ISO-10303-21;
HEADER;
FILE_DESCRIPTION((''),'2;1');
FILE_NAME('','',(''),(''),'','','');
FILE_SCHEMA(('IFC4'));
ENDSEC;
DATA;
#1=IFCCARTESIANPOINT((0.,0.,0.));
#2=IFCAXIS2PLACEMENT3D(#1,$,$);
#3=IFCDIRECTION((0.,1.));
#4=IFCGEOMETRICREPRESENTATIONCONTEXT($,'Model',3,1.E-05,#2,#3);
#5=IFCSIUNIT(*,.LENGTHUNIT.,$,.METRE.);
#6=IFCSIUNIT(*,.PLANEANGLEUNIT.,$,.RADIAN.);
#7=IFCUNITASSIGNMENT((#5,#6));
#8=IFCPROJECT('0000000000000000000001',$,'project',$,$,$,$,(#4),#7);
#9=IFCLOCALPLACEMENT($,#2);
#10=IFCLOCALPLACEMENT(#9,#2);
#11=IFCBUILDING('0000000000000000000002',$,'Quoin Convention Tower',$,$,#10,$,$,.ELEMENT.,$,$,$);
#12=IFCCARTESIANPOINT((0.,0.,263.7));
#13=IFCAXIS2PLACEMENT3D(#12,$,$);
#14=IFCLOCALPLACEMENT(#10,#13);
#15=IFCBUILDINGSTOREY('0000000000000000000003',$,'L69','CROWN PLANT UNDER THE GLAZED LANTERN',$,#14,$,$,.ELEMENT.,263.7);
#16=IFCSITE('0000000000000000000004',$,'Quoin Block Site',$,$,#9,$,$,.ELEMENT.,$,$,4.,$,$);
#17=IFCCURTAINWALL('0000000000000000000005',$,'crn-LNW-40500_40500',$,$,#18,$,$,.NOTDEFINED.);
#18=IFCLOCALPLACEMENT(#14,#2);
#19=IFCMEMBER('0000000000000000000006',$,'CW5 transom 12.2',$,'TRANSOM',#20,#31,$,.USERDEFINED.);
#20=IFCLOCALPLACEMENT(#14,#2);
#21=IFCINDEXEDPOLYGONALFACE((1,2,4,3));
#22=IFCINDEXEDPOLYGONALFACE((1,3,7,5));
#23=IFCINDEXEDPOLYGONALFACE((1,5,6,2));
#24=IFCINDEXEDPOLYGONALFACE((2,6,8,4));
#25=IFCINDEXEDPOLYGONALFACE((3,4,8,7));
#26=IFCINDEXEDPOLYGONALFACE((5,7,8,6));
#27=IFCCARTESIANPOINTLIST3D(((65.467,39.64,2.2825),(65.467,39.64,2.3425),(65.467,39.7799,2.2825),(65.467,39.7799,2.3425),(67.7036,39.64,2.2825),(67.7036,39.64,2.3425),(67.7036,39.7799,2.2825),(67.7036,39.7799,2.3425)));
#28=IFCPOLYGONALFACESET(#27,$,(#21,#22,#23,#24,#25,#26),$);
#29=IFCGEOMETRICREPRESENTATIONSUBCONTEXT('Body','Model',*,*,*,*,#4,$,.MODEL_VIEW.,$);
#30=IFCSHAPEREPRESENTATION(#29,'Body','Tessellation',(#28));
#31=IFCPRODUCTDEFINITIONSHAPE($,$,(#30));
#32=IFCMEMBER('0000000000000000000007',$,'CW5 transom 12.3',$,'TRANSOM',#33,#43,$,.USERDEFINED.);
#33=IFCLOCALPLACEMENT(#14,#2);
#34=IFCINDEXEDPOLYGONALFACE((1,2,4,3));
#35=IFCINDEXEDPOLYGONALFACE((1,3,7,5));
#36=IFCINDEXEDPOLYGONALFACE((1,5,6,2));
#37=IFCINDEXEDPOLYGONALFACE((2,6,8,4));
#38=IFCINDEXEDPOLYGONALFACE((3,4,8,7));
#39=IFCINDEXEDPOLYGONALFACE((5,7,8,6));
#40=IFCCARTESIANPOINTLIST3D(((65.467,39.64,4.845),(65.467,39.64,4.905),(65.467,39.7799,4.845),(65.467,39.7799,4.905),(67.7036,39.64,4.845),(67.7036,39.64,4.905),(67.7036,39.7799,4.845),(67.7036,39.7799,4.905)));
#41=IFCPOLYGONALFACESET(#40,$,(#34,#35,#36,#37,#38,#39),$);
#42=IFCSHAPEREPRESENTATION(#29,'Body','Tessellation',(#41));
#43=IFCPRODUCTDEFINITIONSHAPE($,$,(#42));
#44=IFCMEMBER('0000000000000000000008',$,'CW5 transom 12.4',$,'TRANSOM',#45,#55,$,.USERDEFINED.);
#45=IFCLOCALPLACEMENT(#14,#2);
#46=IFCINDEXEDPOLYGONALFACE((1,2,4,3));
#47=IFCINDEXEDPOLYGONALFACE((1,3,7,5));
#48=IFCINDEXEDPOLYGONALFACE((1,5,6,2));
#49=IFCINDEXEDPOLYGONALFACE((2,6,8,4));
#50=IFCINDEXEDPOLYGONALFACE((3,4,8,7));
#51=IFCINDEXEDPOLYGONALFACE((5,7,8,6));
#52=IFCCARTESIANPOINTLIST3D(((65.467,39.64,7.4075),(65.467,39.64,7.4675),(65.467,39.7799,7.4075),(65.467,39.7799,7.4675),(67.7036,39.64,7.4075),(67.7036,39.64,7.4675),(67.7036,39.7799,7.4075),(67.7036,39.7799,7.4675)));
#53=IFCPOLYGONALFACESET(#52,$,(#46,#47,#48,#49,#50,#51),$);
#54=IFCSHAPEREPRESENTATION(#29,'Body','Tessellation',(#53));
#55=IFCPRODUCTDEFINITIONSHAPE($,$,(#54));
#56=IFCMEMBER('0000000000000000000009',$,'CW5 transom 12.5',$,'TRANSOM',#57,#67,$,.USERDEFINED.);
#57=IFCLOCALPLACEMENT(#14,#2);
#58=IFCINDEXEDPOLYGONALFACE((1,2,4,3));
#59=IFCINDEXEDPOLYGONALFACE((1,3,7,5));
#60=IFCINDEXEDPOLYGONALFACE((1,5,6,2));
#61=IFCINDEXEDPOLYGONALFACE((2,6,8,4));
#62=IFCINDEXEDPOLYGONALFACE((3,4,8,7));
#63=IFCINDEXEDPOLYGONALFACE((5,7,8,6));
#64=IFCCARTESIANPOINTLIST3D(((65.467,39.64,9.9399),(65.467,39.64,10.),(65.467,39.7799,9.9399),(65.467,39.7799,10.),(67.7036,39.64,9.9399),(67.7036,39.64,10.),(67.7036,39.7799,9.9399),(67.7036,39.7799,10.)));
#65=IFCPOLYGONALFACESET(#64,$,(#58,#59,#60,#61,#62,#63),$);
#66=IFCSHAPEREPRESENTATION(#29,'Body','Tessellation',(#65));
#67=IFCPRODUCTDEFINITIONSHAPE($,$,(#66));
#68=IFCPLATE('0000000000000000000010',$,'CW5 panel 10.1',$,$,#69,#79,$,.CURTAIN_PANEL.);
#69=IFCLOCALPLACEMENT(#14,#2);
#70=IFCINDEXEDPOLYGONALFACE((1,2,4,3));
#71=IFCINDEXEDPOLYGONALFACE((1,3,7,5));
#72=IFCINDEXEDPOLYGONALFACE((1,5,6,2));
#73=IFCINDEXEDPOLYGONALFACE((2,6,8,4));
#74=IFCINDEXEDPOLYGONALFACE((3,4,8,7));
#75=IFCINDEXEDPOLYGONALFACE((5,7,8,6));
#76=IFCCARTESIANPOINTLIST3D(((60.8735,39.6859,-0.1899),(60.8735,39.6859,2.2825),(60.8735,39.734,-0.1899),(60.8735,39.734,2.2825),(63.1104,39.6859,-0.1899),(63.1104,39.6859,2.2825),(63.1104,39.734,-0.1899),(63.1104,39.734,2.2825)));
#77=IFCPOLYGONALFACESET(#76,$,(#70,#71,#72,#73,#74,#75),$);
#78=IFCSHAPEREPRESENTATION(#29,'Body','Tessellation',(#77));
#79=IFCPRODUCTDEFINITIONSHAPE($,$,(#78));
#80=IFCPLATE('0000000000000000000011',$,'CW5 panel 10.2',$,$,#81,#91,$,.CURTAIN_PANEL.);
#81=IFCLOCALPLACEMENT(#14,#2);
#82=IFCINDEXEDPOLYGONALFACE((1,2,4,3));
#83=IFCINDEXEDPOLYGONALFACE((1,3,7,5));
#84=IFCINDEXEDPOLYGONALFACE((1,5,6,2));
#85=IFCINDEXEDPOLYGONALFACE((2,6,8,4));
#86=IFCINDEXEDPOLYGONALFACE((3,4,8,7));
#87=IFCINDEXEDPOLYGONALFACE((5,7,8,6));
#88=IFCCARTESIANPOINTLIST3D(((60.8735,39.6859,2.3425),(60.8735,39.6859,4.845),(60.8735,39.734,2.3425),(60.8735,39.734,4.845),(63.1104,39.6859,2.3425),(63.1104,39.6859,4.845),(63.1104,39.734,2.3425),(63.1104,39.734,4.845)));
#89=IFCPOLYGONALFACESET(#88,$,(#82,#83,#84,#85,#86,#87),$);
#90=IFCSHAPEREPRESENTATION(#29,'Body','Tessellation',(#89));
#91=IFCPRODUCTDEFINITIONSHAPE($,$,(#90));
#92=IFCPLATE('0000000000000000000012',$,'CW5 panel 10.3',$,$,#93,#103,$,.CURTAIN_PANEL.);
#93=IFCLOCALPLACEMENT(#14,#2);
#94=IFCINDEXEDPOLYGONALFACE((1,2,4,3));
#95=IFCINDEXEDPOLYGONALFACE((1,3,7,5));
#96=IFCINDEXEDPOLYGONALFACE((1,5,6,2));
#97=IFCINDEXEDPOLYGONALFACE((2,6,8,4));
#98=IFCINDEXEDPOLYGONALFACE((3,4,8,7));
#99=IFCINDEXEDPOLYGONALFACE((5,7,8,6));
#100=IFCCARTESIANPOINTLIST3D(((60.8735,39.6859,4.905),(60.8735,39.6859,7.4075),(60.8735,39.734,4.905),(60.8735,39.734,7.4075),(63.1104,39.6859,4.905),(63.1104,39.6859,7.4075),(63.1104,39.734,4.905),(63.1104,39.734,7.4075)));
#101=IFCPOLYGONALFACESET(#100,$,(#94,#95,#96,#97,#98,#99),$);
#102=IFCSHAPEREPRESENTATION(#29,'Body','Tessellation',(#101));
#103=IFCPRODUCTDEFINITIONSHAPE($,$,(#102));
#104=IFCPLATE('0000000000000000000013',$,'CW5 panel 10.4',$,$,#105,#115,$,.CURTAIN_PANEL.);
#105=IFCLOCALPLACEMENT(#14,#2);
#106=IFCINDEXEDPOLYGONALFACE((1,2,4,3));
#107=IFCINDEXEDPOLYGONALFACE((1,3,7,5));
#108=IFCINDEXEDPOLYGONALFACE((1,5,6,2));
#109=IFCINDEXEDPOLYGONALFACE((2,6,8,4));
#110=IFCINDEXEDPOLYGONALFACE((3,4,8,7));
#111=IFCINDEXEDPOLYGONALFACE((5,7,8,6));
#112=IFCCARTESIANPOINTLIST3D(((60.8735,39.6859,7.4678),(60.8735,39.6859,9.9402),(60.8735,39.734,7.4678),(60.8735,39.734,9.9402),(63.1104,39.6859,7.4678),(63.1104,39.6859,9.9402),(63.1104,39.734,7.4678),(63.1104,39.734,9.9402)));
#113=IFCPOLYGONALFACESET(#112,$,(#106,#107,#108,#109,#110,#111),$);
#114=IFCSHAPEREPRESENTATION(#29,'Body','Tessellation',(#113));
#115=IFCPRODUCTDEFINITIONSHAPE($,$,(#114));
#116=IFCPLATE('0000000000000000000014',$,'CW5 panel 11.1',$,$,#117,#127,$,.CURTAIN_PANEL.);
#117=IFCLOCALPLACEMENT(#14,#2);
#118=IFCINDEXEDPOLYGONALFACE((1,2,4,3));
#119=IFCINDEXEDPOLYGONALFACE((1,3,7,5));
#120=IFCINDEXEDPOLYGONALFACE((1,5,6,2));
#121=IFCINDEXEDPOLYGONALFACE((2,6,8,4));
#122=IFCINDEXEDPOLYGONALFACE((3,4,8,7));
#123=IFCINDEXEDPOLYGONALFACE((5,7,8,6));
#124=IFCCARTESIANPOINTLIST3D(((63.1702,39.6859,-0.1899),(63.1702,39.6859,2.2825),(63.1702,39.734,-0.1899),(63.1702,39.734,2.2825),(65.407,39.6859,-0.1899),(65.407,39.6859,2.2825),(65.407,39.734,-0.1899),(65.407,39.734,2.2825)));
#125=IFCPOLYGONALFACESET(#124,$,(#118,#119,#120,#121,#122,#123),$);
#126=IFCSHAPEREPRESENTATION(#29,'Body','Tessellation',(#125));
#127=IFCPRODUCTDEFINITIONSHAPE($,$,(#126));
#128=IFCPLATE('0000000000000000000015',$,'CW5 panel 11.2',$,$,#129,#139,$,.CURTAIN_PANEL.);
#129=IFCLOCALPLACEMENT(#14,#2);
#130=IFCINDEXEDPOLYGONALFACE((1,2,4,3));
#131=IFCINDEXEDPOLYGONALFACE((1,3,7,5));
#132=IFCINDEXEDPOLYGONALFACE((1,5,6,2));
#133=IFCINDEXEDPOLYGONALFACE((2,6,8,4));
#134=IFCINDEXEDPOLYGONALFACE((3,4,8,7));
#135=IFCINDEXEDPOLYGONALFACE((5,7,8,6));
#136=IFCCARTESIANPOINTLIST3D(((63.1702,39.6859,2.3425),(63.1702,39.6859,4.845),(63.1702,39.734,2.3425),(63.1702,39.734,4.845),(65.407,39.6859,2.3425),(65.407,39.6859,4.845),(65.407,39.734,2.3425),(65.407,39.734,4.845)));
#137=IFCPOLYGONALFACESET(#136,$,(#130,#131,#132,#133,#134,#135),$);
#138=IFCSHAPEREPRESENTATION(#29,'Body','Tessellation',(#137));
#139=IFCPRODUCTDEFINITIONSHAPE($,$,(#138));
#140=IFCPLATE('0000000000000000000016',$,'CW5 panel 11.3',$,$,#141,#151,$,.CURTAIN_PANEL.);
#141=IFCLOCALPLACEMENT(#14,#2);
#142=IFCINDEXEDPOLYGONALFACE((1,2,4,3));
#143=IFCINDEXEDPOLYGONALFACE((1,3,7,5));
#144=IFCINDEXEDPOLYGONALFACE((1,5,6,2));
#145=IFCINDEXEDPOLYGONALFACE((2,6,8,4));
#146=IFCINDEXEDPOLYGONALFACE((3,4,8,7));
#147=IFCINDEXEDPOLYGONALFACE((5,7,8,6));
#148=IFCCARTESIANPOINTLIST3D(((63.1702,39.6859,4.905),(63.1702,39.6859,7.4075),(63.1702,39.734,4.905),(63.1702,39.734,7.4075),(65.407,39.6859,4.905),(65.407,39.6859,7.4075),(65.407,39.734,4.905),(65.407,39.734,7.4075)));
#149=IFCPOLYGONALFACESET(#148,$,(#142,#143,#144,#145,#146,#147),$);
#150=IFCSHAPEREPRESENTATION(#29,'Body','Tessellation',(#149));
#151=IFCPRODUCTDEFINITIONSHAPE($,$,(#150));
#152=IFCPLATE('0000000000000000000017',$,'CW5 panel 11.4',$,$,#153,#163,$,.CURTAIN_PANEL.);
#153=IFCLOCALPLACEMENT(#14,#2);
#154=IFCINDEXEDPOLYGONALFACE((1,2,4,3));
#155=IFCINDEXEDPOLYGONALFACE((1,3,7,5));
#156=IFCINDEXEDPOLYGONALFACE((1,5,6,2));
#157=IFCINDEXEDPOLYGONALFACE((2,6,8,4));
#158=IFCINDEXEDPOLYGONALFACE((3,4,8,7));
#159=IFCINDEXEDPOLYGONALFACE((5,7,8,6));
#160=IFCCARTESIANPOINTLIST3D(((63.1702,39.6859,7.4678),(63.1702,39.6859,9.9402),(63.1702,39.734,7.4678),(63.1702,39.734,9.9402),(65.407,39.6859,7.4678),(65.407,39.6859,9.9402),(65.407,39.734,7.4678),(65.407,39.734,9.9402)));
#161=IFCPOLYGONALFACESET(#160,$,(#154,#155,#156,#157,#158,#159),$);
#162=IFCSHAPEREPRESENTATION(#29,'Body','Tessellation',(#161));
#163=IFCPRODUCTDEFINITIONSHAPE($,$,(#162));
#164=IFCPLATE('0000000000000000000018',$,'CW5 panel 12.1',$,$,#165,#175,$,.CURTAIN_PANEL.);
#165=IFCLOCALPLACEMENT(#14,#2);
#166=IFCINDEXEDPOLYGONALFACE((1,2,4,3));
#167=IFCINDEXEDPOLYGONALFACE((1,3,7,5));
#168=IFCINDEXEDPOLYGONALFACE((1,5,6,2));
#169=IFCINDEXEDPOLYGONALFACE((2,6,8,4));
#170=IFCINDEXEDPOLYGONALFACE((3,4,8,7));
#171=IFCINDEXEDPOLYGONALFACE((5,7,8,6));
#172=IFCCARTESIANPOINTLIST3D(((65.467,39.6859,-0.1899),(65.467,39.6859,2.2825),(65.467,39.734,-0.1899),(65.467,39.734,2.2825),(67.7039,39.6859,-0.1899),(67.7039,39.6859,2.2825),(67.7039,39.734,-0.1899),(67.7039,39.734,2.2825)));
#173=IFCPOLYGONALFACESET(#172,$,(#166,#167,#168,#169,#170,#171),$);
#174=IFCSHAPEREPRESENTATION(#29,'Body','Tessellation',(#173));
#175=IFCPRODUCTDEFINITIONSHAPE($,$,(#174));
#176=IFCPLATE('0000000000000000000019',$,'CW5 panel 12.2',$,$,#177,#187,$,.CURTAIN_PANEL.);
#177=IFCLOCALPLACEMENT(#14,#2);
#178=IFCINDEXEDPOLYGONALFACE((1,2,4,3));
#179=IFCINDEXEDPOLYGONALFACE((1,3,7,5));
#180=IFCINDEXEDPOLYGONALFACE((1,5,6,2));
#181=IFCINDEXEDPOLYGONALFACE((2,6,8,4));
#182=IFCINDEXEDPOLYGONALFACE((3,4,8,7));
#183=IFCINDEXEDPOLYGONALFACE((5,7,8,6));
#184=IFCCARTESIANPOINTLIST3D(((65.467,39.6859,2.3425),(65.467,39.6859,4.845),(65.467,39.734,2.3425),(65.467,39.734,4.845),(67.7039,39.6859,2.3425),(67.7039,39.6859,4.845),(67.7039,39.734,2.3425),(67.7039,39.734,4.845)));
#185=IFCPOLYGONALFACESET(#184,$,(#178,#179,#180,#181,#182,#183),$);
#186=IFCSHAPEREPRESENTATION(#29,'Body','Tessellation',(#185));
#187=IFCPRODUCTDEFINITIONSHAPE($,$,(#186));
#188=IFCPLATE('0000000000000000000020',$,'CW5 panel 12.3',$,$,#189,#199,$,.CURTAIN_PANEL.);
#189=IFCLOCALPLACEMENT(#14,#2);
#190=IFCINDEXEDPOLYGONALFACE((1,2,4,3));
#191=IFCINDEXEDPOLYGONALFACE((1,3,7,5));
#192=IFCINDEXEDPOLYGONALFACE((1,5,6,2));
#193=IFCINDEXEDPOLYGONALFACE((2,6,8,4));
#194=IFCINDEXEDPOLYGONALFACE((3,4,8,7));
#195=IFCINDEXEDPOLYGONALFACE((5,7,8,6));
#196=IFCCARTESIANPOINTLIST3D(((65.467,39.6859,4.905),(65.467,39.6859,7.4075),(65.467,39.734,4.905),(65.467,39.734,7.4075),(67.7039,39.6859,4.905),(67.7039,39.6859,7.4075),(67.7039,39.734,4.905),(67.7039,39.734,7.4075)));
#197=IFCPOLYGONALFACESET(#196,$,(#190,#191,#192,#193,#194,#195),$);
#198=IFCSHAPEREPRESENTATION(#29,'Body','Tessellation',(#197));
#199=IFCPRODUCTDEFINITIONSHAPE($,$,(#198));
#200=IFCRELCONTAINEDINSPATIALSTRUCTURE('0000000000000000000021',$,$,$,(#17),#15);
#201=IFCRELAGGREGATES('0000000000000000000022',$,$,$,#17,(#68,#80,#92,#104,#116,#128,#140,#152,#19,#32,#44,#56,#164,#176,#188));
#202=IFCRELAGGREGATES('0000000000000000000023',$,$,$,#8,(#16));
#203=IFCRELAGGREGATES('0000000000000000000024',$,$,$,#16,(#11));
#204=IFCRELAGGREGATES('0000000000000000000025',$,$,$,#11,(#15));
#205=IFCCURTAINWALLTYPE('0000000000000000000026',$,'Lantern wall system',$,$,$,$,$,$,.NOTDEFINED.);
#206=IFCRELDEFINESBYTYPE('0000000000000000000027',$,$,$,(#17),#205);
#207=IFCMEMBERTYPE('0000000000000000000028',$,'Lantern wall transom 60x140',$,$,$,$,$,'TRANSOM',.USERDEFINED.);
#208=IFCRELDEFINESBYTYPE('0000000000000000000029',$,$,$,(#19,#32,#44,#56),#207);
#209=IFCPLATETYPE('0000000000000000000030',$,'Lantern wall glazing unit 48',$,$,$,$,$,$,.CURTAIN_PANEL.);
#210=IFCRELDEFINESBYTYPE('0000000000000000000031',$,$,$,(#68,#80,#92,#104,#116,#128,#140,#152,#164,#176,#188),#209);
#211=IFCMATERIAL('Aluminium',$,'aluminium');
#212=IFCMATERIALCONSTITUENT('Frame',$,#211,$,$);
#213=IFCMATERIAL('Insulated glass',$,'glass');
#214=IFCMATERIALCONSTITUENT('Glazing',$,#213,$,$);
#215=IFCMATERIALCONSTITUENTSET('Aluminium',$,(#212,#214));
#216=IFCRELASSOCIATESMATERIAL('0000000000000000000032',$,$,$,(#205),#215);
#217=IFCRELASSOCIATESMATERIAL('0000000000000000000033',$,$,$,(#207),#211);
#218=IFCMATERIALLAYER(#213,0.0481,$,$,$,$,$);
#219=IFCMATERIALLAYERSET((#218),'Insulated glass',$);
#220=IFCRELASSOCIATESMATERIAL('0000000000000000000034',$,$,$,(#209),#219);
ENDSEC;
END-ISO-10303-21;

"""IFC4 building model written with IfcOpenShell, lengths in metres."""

from ifc_helpers import new_model, si_unit, direction, frame, origin, origin_2d, place, context, subcontext, project, spatial, rectangle, extrude, material, layer, layer_set, constituent, constituent_set, material_profile, profile_set, type_object, element, aggregate, save


model = new_model("IFC4")

# Units and contexts
model_context = context("Model", 3, precision=1e-05, world=origin(), true_north=direction((0.0, 1.0)))
body_context = subcontext(model_context, "Body", "Model", "MODEL_VIEW")
ifc_project = project(units=[si_unit("LENGTHUNIT", "METRE"), si_unit("PLANEANGLEUNIT", "RADIAN")], contexts=[model_context])

# Site, building, storey
site_placement = place(None, origin())
site = spatial("IfcSite", under=ifc_project, at=site_placement, Name="Quoin Block Site", CompositionType="ELEMENT", RefElevation=4.0)
building_placement = place(site_placement, origin())
building = spatial("IfcBuilding", under=site, at=building_placement, Name="Quoin Convention Tower", CompositionType="ELEMENT")
storey_placement = place(building_placement, frame((0.0, 0.0, 263.7)))
storey = spatial("IfcBuildingStorey", under=building, at=storey_placement, Name="L69", Description="CROWN PLANT UNDER THE GLAZED LANTERN", CompositionType="ELEMENT", Elevation=263.7)

# Curtain wall, members, plates
ifc_material_1 = material(Name="Aluminium", Category="aluminium")
ifc_constituent_1 = constituent(ifc_material_1, Name="Frame")
ifc_material_2 = material(Name="Insulated glass", Category="glass")
ifc_constituent_2 = constituent(ifc_material_2, Name="Glazing")
ifc_constituent_set = constituent_set(constituents=[ifc_constituent_1, ifc_constituent_2], Name="Aluminium")
curtain_wall_type = type_object("IfcCurtainWallType", Name="Lantern wall system", PredefinedType="NOTDEFINED", material=ifc_constituent_set)
curtain_wall_placement = place(storey_placement, origin())
curtain_wall = element("IfcCurtainWall", 1, at=curtain_wall_placement, inside=storey, type_object=curtain_wall_type, Name="crn-LNW-40500_40500", PredefinedType="NOTDEFINED")
ifc_material_profile_1 = material_profile(ifc_material_1, rectangle(XDim=0.1399, YDim=0.0601, at=origin_2d()), Name="Lantern wall transom 60x140")
ifc_profile_set_1 = profile_set([ifc_material_profile_1], Name="Aluminium")
member_type_1 = type_object("IfcMemberType", Name="Lantern wall transom 60x140", ElementType="TRANSOM", PredefinedType="USERDEFINED", material=ifc_profile_set_1)
member_1_placement = place(storey_placement, frame((65.467, 39.71, 2.3125), z_axis=(1.0, 0.0, 0.0), x_axis=(0.0, 1.0, 0.0)))
member_1 = element("IfcMember", 2, at=member_1_placement, type_object=member_type_1, Name="CW5 transom 12.2", ObjectType="TRANSOM", PredefinedType="USERDEFINED", context=body_context, shape_type="SweptSolid", body=[
    extrude(rectangle(XDim=0.1399, YDim=0.0601, at=origin_2d()), origin(), (0.0, 0.0, 1.0), 2.2366),
])
member_2_placement = place(storey_placement, frame((65.467, 39.71, 4.875), z_axis=(1.0, 0.0, 0.0), x_axis=(0.0, 1.0, 0.0)))
member_2 = element("IfcMember", 3, at=member_2_placement, type_object=member_type_1, Name="CW5 transom 12.3", ObjectType="TRANSOM", PredefinedType="USERDEFINED", context=body_context, shape_type="SweptSolid", body=[
    extrude(rectangle(XDim=0.1399, YDim=0.0601, at=origin_2d()), origin(), (0.0, 0.0, 1.0), 2.2366),
])
member_3_placement = place(storey_placement, frame((65.467, 39.71, 7.4375), z_axis=(1.0, 0.0, 0.0), x_axis=(0.0, 1.0, 0.0)))
member_3 = element("IfcMember", 4, at=member_3_placement, type_object=member_type_1, Name="CW5 transom 12.4", ObjectType="TRANSOM", PredefinedType="USERDEFINED", context=body_context, shape_type="SweptSolid", body=[
    extrude(rectangle(XDim=0.1399, YDim=0.0601, at=origin_2d()), origin(), (0.0, 0.0, 1.0), 2.2366),
])
member_4_placement = place(storey_placement, frame((65.467, 39.71, 9.97), z_axis=(1.0, 0.0, 0.0), x_axis=(0.0, 1.0, 0.0)))
member_4 = element("IfcMember", 5, at=member_4_placement, type_object=member_type_1, Name="CW5 transom 12.5", ObjectType="TRANSOM", PredefinedType="USERDEFINED", context=body_context, shape_type="SweptSolid", body=[
    extrude(rectangle(XDim=0.1399, YDim=0.0601, at=origin_2d()), origin(), (0.0, 0.0, 1.0), 2.2366),
])
ifc_layer = layer(ifc_material_2, 0.0481)
ifc_layer_set = layer_set([ifc_layer], Name="Insulated glass")
plate_type = type_object("IfcPlateType", Name="Lantern wall glazing unit 48", PredefinedType="CURTAIN_PANEL", material=ifc_layer_set)
plate_1_placement = place(storey_placement, frame((61.9919, 39.71, -0.1899), z_axis=(0.0, 0.0, 1.0), x_axis=(1.0, 0.0, 0.0)))
plate_1 = element("IfcPlate", 6, at=plate_1_placement, type_object=plate_type, Name="CW5 panel 10.1", PredefinedType="CURTAIN_PANEL", context=body_context, shape_type="SweptSolid", body=[
    extrude(rectangle(XDim=2.2368, YDim=0.0481, at=origin_2d()), origin(), (0.0, 0.0, 1.0), 2.4724),
])
plate_2_placement = place(storey_placement, frame((61.9919, 39.71, 2.3425), z_axis=(0.0, 0.0, 1.0), x_axis=(1.0, 0.0, 0.0)))
plate_2 = element("IfcPlate", 7, at=plate_2_placement, type_object=plate_type, Name="CW5 panel 10.2", PredefinedType="CURTAIN_PANEL", context=body_context, shape_type="SweptSolid", body=[
    extrude(rectangle(XDim=2.2368, YDim=0.0481, at=origin_2d()), origin(), (0.0, 0.0, 1.0), 2.5024),
])
plate_3_placement = place(storey_placement, frame((61.9919, 39.71, 4.905), z_axis=(0.0, 0.0, 1.0), x_axis=(1.0, 0.0, 0.0)))
plate_3 = element("IfcPlate", 8, at=plate_3_placement, type_object=plate_type, Name="CW5 panel 10.3", PredefinedType="CURTAIN_PANEL", context=body_context, shape_type="SweptSolid", body=[
    extrude(rectangle(XDim=2.2368, YDim=0.0481, at=origin_2d()), origin(), (0.0, 0.0, 1.0), 2.5024),
])
plate_4_placement = place(storey_placement, frame((61.9919, 39.71, 7.4678), z_axis=(0.0, 0.0, 1.0), x_axis=(1.0, 0.0, 0.0)))
plate_4 = element("IfcPlate", 9, at=plate_4_placement, type_object=plate_type, Name="CW5 panel 10.4", PredefinedType="CURTAIN_PANEL", context=body_context, shape_type="SweptSolid", body=[
    extrude(rectangle(XDim=2.2368, YDim=0.0481, at=origin_2d()), origin(), (0.0, 0.0, 1.0), 2.4724),
])
plate_5_placement = place(storey_placement, frame((64.2886, 39.71, -0.1899), z_axis=(0.0, 0.0, 1.0), x_axis=(1.0, 0.0, 0.0)))
plate_5 = element("IfcPlate", 10, at=plate_5_placement, type_object=plate_type, Name="CW5 panel 11.1", PredefinedType="CURTAIN_PANEL", context=body_context, shape_type="SweptSolid", body=[
    extrude(rectangle(XDim=2.2368, YDim=0.0481, at=origin_2d()), origin(), (0.0, 0.0, 1.0), 2.4724),
])
plate_6_placement = place(storey_placement, frame((64.2886, 39.71, 2.3425), z_axis=(0.0, 0.0, 1.0), x_axis=(1.0, 0.0, 0.0)))
plate_6 = element("IfcPlate", 11, at=plate_6_placement, type_object=plate_type, Name="CW5 panel 11.2", PredefinedType="CURTAIN_PANEL", context=body_context, shape_type="SweptSolid", body=[
    extrude(rectangle(XDim=2.2368, YDim=0.0481, at=origin_2d()), origin(), (0.0, 0.0, 1.0), 2.5024),
])
plate_7_placement = place(storey_placement, frame((64.2886, 39.71, 4.905), z_axis=(0.0, 0.0, 1.0), x_axis=(1.0, 0.0, 0.0)))
plate_7 = element("IfcPlate", 12, at=plate_7_placement, type_object=plate_type, Name="CW5 panel 11.3", PredefinedType="CURTAIN_PANEL", context=body_context, shape_type="SweptSolid", body=[
    extrude(rectangle(XDim=2.2368, YDim=0.0481, at=origin_2d()), origin(), (0.0, 0.0, 1.0), 2.5024),
])
plate_8_placement = place(storey_placement, frame((64.2886, 39.71, 7.4678), z_axis=(0.0, 0.0, 1.0), x_axis=(1.0, 0.0, 0.0)))
plate_8 = element("IfcPlate", 13, at=plate_8_placement, type_object=plate_type, Name="CW5 panel 11.4", PredefinedType="CURTAIN_PANEL", context=body_context, shape_type="SweptSolid", body=[
    extrude(rectangle(XDim=2.2368, YDim=0.0481, at=origin_2d()), origin(), (0.0, 0.0, 1.0), 2.4724),
])
plate_9_placement = place(storey_placement, frame((66.5854, 39.71, -0.1899), z_axis=(0.0, 0.0, 1.0), x_axis=(1.0, 0.0, 0.0)))
plate_9 = element("IfcPlate", 14, at=plate_9_placement, type_object=plate_type, Name="CW5 panel 12.1", PredefinedType="CURTAIN_PANEL", context=body_context, shape_type="SweptSolid", body=[
    extrude(rectangle(XDim=2.2368, YDim=0.0481, at=origin_2d()), origin(), (0.0, 0.0, 1.0), 2.4724),
])
plate_10_placement = place(storey_placement, frame((66.5854, 39.71, 2.3425), z_axis=(0.0, 0.0, 1.0), x_axis=(1.0, 0.0, 0.0)))
plate_10 = element("IfcPlate", 15, at=plate_10_placement, type_object=plate_type, Name="CW5 panel 12.2", PredefinedType="CURTAIN_PANEL", context=body_context, shape_type="SweptSolid", body=[
    extrude(rectangle(XDim=2.2368, YDim=0.0481, at=origin_2d()), origin(), (0.0, 0.0, 1.0), 2.5024),
])
plate_11_placement = place(storey_placement, frame((66.5854, 39.71, 4.905), z_axis=(0.0, 0.0, 1.0), x_axis=(1.0, 0.0, 0.0)))
plate_11 = element("IfcPlate", 16, at=plate_11_placement, type_object=plate_type, Name="CW5 panel 12.3", PredefinedType="CURTAIN_PANEL", context=body_context, shape_type="SweptSolid", body=[
    extrude(rectangle(XDim=2.2368, YDim=0.0481, at=origin_2d()), origin(), (0.0, 0.0, 1.0), 2.5024),
])
aggregate(curtain_wall, [plate_1, plate_2, plate_3, plate_4, plate_5, plate_6, plate_7, plate_8, member_1, member_2, member_3, member_4, plate_9, plate_10, plate_11])

save(model, "model.ifc")
